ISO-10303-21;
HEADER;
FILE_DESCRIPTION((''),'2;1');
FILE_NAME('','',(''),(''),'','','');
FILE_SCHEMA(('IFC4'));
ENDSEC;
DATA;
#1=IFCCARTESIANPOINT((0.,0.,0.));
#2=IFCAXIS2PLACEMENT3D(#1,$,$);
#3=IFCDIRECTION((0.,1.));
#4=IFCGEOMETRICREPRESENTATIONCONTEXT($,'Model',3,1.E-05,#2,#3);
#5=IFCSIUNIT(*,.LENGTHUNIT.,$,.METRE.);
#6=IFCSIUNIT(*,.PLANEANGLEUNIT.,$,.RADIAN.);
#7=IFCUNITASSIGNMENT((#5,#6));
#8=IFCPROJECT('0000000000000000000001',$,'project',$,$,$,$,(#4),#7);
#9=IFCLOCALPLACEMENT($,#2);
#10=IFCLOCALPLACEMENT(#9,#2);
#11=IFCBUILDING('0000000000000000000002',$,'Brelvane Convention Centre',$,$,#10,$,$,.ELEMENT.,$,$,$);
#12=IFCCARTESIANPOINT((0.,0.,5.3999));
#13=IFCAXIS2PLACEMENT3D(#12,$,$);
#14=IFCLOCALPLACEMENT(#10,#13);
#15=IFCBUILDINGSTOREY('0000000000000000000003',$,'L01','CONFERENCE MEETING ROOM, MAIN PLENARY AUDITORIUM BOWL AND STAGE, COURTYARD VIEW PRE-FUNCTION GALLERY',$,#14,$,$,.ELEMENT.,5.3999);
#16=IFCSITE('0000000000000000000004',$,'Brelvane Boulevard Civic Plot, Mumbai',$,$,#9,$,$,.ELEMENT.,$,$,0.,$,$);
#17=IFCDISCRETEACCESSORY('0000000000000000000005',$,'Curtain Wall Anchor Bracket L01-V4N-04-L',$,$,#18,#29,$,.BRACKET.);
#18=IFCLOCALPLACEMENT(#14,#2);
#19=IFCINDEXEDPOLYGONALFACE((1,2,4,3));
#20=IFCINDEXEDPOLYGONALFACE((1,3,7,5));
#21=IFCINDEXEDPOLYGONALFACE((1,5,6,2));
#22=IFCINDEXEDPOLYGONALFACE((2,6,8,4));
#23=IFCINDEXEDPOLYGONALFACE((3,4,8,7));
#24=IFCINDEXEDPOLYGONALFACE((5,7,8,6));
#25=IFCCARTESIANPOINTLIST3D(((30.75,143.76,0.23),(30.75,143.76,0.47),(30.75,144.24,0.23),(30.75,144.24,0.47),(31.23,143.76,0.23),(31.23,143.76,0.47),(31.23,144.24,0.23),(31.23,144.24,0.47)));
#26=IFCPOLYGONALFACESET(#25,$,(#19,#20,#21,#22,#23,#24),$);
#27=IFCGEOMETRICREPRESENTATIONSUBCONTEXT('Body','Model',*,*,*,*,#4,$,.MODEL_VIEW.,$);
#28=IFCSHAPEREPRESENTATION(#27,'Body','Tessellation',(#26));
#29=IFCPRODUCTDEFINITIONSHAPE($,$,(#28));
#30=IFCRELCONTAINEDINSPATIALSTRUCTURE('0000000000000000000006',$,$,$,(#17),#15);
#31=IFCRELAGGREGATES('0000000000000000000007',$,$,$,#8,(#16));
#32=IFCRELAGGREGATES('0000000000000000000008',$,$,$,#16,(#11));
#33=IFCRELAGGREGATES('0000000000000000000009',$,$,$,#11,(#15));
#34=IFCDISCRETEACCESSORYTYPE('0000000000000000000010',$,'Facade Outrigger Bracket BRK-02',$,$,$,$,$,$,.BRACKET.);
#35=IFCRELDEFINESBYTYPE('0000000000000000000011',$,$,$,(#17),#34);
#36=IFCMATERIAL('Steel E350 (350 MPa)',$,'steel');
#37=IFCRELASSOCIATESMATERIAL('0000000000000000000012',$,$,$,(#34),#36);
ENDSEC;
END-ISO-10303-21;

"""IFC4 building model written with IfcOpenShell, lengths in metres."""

from ifc_helpers import new_model, si_unit, direction, frame, origin, origin_2d, place, context, subcontext, project, spatial, rectangle, extrude, material, type_object, element, save


model = new_model("IFC4")

# Units and contexts
model_context = context("Model", 3, precision=1e-05, world=origin(), true_north=direction((0.0, 1.0)))
body_context = subcontext(model_context, "Body", "Model", "MODEL_VIEW")
ifc_project = project(units=[si_unit("LENGTHUNIT", "METRE"), si_unit("PLANEANGLEUNIT", "RADIAN")], contexts=[model_context])

# Site, building, storey
site_placement = place(None, origin())
site = spatial("IfcSite", under=ifc_project, at=site_placement, Name="Brelvane Boulevard Civic Plot, Mumbai", CompositionType="ELEMENT", RefElevation=0.0)
building_placement = place(site_placement, origin())
building = spatial("IfcBuilding", under=site, at=building_placement, Name="Brelvane Convention Centre", CompositionType="ELEMENT")
storey_placement = place(building_placement, frame((0.0, 0.0, 5.3999)))
storey = spatial("IfcBuildingStorey", under=building, at=storey_placement, Name="L01", Description="CONFERENCE MEETING ROOM, MAIN PLENARY AUDITORIUM BOWL AND STAGE, COURTYARD VIEW PRE-FUNCTION GALLERY", CompositionType="ELEMENT", Elevation=5.3999)

# Discrete accessory
ifc_material_1 = material(Name="Steel E350 (350 MPa)", Category="steel")
discrete_accessory_type = type_object("IfcDiscreteAccessoryType", Name="Facade Outrigger Bracket BRK-02", PredefinedType="BRACKET", material=ifc_material_1)
discrete_accessory_placement = place(storey_placement, frame((30.99, 144.0, 0.23), z_axis=(0.0, 0.0, 1.0), x_axis=(1.0, 0.0, 0.0)))
element("IfcDiscreteAccessory", 1, at=discrete_accessory_placement, inside=storey, type_object=discrete_accessory_type, Name="Curtain Wall Anchor Bracket L01-V4N-04-L", PredefinedType="BRACKET", context=body_context, shape_type="SweptSolid", body=[
    extrude(rectangle(XDim=0.48, YDim=0.48, at=origin_2d()), origin(), (0.0, 0.0, 1.0), 0.24),
])

save(model, "model.ifc")
